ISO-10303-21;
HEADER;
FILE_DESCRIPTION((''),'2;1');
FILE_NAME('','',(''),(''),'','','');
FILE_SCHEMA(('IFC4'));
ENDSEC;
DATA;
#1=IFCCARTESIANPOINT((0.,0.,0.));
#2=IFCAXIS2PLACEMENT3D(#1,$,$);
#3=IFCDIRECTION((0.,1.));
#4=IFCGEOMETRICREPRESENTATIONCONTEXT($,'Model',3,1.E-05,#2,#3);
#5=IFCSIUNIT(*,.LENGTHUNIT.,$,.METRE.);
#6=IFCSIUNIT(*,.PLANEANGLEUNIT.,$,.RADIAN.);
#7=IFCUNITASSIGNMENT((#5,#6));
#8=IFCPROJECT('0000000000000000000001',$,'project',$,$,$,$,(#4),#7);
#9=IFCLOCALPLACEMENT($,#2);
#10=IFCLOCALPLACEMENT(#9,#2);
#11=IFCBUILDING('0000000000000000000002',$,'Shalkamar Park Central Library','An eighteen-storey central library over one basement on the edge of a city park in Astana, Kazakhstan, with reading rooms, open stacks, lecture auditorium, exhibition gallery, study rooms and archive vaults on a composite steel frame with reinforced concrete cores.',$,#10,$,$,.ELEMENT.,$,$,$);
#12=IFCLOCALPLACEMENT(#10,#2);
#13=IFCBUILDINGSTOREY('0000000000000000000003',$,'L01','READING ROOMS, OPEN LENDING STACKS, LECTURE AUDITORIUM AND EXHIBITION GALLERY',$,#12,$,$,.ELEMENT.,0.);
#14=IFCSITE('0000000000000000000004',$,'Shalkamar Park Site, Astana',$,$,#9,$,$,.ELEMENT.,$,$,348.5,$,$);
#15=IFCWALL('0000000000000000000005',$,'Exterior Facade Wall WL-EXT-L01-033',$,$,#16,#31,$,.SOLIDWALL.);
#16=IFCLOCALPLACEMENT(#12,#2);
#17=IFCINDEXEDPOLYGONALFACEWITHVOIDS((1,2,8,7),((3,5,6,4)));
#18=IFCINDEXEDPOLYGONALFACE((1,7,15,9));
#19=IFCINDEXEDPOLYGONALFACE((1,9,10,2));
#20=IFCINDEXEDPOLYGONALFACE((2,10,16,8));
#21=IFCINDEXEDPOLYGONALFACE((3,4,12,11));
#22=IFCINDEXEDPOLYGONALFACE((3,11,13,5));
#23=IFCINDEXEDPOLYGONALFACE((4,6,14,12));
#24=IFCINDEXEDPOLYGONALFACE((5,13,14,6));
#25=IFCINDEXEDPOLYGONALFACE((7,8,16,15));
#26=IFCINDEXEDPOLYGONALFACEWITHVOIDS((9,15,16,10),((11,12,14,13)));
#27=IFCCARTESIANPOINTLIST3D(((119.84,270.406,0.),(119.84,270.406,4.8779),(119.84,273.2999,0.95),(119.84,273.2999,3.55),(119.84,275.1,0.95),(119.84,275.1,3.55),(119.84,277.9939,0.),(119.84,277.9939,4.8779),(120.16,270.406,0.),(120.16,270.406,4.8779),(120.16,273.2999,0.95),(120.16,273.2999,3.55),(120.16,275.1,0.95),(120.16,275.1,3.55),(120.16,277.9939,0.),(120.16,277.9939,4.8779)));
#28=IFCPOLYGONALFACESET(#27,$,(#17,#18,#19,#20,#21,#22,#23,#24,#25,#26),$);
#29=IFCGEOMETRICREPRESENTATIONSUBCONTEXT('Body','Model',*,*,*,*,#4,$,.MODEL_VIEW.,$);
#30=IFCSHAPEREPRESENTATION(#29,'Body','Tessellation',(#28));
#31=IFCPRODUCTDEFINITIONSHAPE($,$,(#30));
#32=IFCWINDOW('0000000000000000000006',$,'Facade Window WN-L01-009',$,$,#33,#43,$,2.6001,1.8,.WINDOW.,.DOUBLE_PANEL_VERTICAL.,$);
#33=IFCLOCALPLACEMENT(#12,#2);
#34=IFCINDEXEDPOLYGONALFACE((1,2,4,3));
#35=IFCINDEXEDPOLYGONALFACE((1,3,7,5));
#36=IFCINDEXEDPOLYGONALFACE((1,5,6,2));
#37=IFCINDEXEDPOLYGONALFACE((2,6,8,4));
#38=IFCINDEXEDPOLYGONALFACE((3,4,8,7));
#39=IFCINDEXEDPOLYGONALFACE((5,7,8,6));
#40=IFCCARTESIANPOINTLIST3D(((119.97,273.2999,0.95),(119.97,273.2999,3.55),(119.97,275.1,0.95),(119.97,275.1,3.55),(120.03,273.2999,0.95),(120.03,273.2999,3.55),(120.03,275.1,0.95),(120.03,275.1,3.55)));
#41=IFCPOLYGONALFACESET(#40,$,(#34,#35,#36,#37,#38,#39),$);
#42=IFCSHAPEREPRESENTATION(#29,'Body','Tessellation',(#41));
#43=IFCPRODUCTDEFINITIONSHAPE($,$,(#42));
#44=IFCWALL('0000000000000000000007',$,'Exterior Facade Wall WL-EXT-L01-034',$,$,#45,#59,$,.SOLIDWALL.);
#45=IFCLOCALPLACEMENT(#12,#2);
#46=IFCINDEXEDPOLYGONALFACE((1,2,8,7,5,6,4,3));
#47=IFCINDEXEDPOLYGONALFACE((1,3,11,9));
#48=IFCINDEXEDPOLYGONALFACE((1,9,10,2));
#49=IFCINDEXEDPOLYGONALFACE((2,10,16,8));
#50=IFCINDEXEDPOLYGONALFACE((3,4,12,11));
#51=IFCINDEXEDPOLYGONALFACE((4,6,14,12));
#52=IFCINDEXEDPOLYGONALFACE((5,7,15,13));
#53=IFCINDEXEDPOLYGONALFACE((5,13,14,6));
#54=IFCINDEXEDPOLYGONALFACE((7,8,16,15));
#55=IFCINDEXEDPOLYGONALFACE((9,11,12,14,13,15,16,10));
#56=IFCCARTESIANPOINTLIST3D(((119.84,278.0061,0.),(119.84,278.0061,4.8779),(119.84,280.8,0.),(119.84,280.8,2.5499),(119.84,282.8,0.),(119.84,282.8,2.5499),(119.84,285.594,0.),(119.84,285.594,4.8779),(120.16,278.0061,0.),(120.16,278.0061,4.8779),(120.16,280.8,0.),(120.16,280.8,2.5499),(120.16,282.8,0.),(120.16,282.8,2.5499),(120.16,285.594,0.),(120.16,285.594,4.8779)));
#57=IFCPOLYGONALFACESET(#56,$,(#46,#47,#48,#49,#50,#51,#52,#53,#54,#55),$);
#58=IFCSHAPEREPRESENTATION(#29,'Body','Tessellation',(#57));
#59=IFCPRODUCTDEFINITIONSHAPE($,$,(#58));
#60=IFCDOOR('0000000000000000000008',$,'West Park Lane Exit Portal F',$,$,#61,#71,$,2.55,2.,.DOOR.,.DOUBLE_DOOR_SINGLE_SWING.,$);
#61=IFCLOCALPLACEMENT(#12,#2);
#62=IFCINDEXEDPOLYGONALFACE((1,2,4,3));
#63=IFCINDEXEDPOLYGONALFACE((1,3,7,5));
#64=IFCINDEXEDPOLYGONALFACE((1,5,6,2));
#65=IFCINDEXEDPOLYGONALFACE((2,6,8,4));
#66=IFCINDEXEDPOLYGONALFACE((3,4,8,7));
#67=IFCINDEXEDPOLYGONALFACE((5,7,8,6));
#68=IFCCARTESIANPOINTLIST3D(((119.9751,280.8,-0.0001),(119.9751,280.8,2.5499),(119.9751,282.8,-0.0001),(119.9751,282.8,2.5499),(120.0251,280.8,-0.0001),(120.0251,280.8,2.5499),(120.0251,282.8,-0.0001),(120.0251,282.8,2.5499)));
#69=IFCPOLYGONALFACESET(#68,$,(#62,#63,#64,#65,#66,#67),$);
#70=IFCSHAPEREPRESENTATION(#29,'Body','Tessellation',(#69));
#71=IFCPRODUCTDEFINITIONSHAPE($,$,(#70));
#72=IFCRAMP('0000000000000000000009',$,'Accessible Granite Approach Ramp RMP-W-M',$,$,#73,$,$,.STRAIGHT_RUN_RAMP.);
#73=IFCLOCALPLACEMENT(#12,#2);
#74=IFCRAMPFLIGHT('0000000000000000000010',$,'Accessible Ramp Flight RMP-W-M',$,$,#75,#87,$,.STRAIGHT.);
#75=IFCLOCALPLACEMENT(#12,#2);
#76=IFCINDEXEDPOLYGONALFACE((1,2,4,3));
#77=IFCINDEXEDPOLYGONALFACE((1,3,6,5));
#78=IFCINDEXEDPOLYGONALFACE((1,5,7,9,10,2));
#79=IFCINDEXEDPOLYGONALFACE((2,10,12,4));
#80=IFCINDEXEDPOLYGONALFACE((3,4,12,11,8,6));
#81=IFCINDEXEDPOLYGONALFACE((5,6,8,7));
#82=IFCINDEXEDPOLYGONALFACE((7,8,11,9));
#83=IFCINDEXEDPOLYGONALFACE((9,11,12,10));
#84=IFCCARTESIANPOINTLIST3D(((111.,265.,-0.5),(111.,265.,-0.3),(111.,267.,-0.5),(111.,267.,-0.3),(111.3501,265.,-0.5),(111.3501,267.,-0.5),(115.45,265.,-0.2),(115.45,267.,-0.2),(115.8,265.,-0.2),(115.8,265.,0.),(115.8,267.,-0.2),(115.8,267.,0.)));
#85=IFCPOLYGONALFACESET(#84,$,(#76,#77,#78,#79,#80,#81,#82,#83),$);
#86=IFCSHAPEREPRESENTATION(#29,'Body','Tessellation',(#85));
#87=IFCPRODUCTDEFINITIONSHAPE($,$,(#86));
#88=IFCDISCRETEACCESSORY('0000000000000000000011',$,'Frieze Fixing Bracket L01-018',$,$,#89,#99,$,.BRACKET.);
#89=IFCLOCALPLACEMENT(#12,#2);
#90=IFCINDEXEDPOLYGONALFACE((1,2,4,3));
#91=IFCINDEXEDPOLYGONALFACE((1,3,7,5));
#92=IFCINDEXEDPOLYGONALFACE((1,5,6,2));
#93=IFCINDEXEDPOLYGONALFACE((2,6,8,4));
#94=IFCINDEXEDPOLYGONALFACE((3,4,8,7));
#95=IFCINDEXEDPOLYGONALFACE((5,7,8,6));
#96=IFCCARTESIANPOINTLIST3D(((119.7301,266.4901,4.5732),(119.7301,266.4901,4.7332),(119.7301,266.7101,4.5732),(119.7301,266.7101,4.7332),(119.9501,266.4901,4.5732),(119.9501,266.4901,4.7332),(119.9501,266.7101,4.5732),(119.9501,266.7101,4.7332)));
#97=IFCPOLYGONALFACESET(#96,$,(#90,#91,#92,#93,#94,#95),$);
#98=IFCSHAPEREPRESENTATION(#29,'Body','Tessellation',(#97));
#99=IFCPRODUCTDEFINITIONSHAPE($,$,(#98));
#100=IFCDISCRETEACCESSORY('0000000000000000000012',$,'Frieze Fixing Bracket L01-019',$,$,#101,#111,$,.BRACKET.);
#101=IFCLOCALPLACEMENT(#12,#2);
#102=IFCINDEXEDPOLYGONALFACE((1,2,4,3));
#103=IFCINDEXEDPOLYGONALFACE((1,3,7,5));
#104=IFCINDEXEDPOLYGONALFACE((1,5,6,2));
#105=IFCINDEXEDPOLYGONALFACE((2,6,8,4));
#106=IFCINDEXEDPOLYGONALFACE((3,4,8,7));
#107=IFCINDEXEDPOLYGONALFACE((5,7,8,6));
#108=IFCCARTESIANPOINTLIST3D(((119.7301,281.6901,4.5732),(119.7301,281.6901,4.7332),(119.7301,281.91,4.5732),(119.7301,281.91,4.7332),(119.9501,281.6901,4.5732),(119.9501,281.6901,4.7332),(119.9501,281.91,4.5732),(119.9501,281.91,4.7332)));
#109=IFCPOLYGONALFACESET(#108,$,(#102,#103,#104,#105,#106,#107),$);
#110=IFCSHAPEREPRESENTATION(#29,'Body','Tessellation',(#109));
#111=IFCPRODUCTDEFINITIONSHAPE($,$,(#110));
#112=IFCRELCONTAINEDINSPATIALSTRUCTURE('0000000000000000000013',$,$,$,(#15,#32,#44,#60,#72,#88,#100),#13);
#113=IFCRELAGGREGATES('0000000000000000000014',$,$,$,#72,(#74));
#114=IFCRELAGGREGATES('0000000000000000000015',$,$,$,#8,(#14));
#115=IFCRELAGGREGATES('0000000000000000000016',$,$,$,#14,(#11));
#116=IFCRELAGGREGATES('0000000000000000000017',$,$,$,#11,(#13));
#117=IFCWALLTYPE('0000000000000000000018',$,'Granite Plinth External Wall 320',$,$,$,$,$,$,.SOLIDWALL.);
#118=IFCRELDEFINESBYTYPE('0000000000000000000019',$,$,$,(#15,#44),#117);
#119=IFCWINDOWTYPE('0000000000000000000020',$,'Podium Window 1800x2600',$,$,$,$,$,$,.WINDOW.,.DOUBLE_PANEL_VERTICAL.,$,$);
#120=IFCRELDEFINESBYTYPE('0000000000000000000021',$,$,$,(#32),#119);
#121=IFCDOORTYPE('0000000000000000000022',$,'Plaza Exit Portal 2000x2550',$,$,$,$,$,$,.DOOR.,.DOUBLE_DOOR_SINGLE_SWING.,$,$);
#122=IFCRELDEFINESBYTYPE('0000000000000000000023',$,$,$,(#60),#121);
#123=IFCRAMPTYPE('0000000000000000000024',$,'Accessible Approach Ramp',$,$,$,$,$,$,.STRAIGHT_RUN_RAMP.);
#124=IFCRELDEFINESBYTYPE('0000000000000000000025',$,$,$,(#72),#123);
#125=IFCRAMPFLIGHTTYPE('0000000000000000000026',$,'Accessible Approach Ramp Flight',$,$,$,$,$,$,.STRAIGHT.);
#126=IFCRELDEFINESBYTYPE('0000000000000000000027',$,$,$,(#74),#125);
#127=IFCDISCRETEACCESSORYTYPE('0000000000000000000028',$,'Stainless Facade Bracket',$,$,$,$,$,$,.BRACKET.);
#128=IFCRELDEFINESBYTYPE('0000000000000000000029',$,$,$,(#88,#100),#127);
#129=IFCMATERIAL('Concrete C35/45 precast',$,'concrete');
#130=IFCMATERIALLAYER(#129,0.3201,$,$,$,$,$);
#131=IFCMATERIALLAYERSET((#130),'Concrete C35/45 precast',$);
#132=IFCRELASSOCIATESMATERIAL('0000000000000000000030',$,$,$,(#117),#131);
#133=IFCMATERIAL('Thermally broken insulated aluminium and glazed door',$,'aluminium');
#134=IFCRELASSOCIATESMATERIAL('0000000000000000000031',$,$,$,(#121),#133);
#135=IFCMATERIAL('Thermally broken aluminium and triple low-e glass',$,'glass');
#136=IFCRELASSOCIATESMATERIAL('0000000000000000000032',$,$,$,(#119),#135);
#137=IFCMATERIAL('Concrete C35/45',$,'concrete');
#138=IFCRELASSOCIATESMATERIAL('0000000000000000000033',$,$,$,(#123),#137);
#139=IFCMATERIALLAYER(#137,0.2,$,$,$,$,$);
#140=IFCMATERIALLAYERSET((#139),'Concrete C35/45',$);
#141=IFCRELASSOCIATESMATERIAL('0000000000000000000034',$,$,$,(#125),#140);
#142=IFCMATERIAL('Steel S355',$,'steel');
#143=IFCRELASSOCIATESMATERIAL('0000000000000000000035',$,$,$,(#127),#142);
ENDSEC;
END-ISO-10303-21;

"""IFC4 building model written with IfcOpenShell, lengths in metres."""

from ifc_helpers import new_model, si_unit, direction, frame, frame_2d, origin, origin_2d, place, context, subcontext, project, spatial, polyline, rectangle, outline, extrude, material, layer, layer_set, type_object, element, fill, aggregate, save


model = new_model("IFC4")

# Units and contexts
model_context = context("Model", 3, precision=1e-05, world=origin(), true_north=direction((0.0, 1.0)))
body_context = subcontext(model_context, "Body", "Model", "MODEL_VIEW")
ifc_project = project(units=[si_unit("LENGTHUNIT", "METRE"), si_unit("PLANEANGLEUNIT", "RADIAN")], contexts=[model_context])

# Site, building, storey
site_placement = place(None, origin())
site = spatial("IfcSite", under=ifc_project, at=site_placement, Name="Shalkamar Park Site, Astana", CompositionType="ELEMENT", RefElevation=348.5)
building_placement = place(site_placement, origin())
building = spatial("IfcBuilding", under=site, at=building_placement, Name="Shalkamar Park Central Library", Description="An eighteen-storey central library over one basement on the edge of a city park in Astana, Kazakhstan, with reading rooms, open stacks, lecture auditorium, exhibition gallery, study rooms and archive vaults on a composite steel frame with reinforced concrete cores.", CompositionType="ELEMENT")
storey_placement = place(building_placement, origin())
storey = spatial("IfcBuildingStorey", under=building, at=storey_placement, Name="L01", Description="READING ROOMS, OPEN LENDING STACKS, LECTURE AUDITORIUM AND EXHIBITION GALLERY", CompositionType="ELEMENT", Elevation=0.0)

# Shared definitions
ifc_material_1 = material(Name="Steel S355", Category="steel")

# Shared definitions
ifc_material_2 = material(Name="Concrete C35/45 precast", Category="concrete")
ifc_layer_1 = layer(ifc_material_2, 0.3201)
ifc_layer_set_1 = layer_set([ifc_layer_1], Name="Concrete C35/45 precast")
wall_type_1 = type_object("IfcWallType", Name="Granite Plinth External Wall 320", PredefinedType="SOLIDWALL", material=ifc_layer_set_1)
ifc_material_3 = material(Name="Thermally broken aluminium and triple low-e glass", Category="glass")

# Shared definitions
ifc_material_4 = material(Name="Thermally broken insulated aluminium and glazed door", Category="aluminium")
door_type = type_object("IfcDoorType", Name="Plaza Exit Portal 2000x2550", OperationType="DOUBLE_DOOR_SINGLE_SWING", PredefinedType="DOOR", material=ifc_material_4)

# Wall, opening, window
wall_1_placement = place(storey_placement, frame((120.0, 270.406, 0.0), z_axis=(0.0, 0.0, 1.0), x_axis=(0.0, 1.0, 0.0)))
wall_1 = element("IfcWall", 1, at=wall_1_placement, inside=storey, type_object=wall_type_1, Name="Exterior Facade Wall WL-EXT-L01-033", PredefinedType="SOLIDWALL", context=body_context, shape_type="SweptSolid", body=[
    extrude(rectangle(XDim=7.5879, YDim=0.3201, at=frame_2d((3.7939, 0.0))), origin(), (0.0, 0.0, 1.0), 4.8779),
])
opening_1_placement = place(wall_1_placement, frame((2.894, 0.0, 0.95)))
opening_1 = element("IfcOpeningElement", 2, at=opening_1_placement, cuts=wall_1, PredefinedType="OPENING", context=body_context, shape_type="SweptSolid", body=[
    extrude(rectangle(XDim=1.8, YDim=2.6001, at=frame_2d((0.8999, 1.3))), frame((0.0, 0.1748, 0.0), z_axis=(0.0, -1.0, 0.0), x_axis=(1.0, 0.0, 0.0)), (0.0, 0.0, 1.0), 0.3499),
])
window_type_1 = type_object("IfcWindowType", Name="Podium Window 1800x2600", PartitioningType="DOUBLE_PANEL_VERTICAL", PredefinedType="WINDOW", material=ifc_material_3)
window_1_placement = place(opening_1_placement, origin())
window_1 = element("IfcWindow", 3, at=window_1_placement, inside=storey, type_object=window_type_1, Name="Facade Window WN-L01-009", OverallHeight=2.6001, OverallWidth=1.8, PartitioningType="DOUBLE_PANEL_VERTICAL", PredefinedType="WINDOW", context=body_context, shape_type="SweptSolid", body=[
    extrude(rectangle(XDim=1.8, YDim=2.6001, at=frame_2d((0.8999, 1.3))), frame((0.0, 0.03, 0.0), z_axis=(0.0, -1.0, 0.0), x_axis=(1.0, 0.0, 0.0)), (0.0, 0.0, 1.0), 0.0601),
])
fill(opening_1, window_1)

# Wall, opening, door
wall_2_placement = place(storey_placement, frame((120.0, 278.0061, 0.0), z_axis=(0.0, 0.0, 1.0), x_axis=(0.0, 1.0, 0.0)))
wall_2 = element("IfcWall", 4, at=wall_2_placement, inside=storey, type_object=wall_type_1, Name="Exterior Facade Wall WL-EXT-L01-034", PredefinedType="SOLIDWALL", context=body_context, shape_type="SweptSolid", body=[
    extrude(rectangle(XDim=7.5879, YDim=0.3201, at=frame_2d((3.7939, 0.0))), origin(), (0.0, 0.0, 1.0), 4.8779),
])
opening_2_placement = place(wall_2_placement, frame((2.7939, 0.0, 0.0)))
opening_2 = element("IfcOpeningElement", 5, at=opening_2_placement, cuts=wall_2, PredefinedType="OPENING", context=body_context, shape_type="SweptSolid", body=[
    extrude(rectangle(XDim=2.0, YDim=2.55, at=frame_2d((1.0, 1.2749))), frame((0.0, 0.1748, 0.0), z_axis=(0.0, -1.0, 0.0), x_axis=(1.0, 0.0, 0.0)), (0.0, 0.0, 1.0), 0.3499),
])
door_1_placement = place(opening_2_placement, origin())
door_1 = element("IfcDoor", 6, at=door_1_placement, inside=storey, type_object=door_type, Name="West Park Lane Exit Portal F", OperationType="DOUBLE_DOOR_SINGLE_SWING", OverallHeight=2.55, OverallWidth=2.0, PredefinedType="DOOR", context=body_context, shape_type="SweptSolid", body=[
    extrude(rectangle(XDim=2.0, YDim=2.55, at=frame_2d((1.0, 1.2749))), frame((0.0, 0.0249, 0.0), z_axis=(0.0, -1.0, 0.0), x_axis=(1.0, 0.0, 0.0)), (0.0, 0.0, 1.0), 0.05),
])
fill(opening_2, door_1)

# Ramp, ramp flight
ifc_material_5 = material(Name="Concrete C35/45", Category="concrete")
ramp_type = type_object("IfcRampType", Name="Accessible Approach Ramp", PredefinedType="STRAIGHT_RUN_RAMP", material=ifc_material_5)
ramp_placement = place(storey_placement, origin())
ramp = element("IfcRamp", 7, at=ramp_placement, inside=storey, type_object=ramp_type, Name="Accessible Granite Approach Ramp RMP-W-M", PredefinedType="STRAIGHT_RUN_RAMP")
ifc_layer_2 = layer(ifc_material_5, 0.2)
ifc_layer_set_2 = layer_set([ifc_layer_2], Name="Concrete C35/45")
ramp_flight_type = type_object("IfcRampFlightType", Name="Accessible Approach Ramp Flight", PredefinedType="STRAIGHT", material=ifc_layer_set_2)
ramp_flight_placement = place(storey_placement, frame((111.0, 266.0, -0.3), z_axis=(0.0, 0.0, 1.0), x_axis=(1.0, 0.0, 0.0)))
ramp_flight = element("IfcRampFlight", 8, at=ramp_flight_placement, type_object=ramp_flight_type, Name="Accessible Ramp Flight RMP-W-M", PredefinedType="STRAIGHT", context=body_context, shape_type="SweptSolid", body=[
    extrude(outline(polyline([(0.0, 0.0), (0.0, -0.2), (0.3501, -0.2), (4.45, 0.1001), (4.8, 0.1001), (4.8, 0.3), (0.0, 0.0)])), frame((0.0, 1.0, 0.0), z_axis=(0.0, -1.0, 0.0), x_axis=(1.0, 0.0, 0.0)), (0.0, 0.0, 1.0), 2.0),
])
aggregate(ramp, [ramp_flight])

# Discrete accessories
discrete_accessory_type = type_object("IfcDiscreteAccessoryType", Name="Stainless Facade Bracket", PredefinedType="BRACKET", material=ifc_material_1)
for number, where, z_axis, x_axis, name in (
    (9, (119.8401, 266.6001, 4.5732), (0.0, 0.0, 1.0), (1.0, 0.0, 0.0), "Frieze Fixing Bracket L01-018"),
    (10, (119.8401, 281.8, 4.5732), (0.0, 0.0, 1.0), (1.0, 0.0, 0.0), "Frieze Fixing Bracket L01-019"),
):
    element("IfcDiscreteAccessory", number, at=place(storey_placement, frame(where, z_axis=z_axis, x_axis=x_axis)), inside=storey, type_object=discrete_accessory_type, Name=name, PredefinedType="BRACKET", context=body_context, shape_type="SweptSolid", body=[
        extrude(rectangle(XDim=0.22, YDim=0.22, at=origin_2d()), origin(), (0.0, 0.0, 1.0), 0.1599),
    ])

save(model, "model.ifc")
